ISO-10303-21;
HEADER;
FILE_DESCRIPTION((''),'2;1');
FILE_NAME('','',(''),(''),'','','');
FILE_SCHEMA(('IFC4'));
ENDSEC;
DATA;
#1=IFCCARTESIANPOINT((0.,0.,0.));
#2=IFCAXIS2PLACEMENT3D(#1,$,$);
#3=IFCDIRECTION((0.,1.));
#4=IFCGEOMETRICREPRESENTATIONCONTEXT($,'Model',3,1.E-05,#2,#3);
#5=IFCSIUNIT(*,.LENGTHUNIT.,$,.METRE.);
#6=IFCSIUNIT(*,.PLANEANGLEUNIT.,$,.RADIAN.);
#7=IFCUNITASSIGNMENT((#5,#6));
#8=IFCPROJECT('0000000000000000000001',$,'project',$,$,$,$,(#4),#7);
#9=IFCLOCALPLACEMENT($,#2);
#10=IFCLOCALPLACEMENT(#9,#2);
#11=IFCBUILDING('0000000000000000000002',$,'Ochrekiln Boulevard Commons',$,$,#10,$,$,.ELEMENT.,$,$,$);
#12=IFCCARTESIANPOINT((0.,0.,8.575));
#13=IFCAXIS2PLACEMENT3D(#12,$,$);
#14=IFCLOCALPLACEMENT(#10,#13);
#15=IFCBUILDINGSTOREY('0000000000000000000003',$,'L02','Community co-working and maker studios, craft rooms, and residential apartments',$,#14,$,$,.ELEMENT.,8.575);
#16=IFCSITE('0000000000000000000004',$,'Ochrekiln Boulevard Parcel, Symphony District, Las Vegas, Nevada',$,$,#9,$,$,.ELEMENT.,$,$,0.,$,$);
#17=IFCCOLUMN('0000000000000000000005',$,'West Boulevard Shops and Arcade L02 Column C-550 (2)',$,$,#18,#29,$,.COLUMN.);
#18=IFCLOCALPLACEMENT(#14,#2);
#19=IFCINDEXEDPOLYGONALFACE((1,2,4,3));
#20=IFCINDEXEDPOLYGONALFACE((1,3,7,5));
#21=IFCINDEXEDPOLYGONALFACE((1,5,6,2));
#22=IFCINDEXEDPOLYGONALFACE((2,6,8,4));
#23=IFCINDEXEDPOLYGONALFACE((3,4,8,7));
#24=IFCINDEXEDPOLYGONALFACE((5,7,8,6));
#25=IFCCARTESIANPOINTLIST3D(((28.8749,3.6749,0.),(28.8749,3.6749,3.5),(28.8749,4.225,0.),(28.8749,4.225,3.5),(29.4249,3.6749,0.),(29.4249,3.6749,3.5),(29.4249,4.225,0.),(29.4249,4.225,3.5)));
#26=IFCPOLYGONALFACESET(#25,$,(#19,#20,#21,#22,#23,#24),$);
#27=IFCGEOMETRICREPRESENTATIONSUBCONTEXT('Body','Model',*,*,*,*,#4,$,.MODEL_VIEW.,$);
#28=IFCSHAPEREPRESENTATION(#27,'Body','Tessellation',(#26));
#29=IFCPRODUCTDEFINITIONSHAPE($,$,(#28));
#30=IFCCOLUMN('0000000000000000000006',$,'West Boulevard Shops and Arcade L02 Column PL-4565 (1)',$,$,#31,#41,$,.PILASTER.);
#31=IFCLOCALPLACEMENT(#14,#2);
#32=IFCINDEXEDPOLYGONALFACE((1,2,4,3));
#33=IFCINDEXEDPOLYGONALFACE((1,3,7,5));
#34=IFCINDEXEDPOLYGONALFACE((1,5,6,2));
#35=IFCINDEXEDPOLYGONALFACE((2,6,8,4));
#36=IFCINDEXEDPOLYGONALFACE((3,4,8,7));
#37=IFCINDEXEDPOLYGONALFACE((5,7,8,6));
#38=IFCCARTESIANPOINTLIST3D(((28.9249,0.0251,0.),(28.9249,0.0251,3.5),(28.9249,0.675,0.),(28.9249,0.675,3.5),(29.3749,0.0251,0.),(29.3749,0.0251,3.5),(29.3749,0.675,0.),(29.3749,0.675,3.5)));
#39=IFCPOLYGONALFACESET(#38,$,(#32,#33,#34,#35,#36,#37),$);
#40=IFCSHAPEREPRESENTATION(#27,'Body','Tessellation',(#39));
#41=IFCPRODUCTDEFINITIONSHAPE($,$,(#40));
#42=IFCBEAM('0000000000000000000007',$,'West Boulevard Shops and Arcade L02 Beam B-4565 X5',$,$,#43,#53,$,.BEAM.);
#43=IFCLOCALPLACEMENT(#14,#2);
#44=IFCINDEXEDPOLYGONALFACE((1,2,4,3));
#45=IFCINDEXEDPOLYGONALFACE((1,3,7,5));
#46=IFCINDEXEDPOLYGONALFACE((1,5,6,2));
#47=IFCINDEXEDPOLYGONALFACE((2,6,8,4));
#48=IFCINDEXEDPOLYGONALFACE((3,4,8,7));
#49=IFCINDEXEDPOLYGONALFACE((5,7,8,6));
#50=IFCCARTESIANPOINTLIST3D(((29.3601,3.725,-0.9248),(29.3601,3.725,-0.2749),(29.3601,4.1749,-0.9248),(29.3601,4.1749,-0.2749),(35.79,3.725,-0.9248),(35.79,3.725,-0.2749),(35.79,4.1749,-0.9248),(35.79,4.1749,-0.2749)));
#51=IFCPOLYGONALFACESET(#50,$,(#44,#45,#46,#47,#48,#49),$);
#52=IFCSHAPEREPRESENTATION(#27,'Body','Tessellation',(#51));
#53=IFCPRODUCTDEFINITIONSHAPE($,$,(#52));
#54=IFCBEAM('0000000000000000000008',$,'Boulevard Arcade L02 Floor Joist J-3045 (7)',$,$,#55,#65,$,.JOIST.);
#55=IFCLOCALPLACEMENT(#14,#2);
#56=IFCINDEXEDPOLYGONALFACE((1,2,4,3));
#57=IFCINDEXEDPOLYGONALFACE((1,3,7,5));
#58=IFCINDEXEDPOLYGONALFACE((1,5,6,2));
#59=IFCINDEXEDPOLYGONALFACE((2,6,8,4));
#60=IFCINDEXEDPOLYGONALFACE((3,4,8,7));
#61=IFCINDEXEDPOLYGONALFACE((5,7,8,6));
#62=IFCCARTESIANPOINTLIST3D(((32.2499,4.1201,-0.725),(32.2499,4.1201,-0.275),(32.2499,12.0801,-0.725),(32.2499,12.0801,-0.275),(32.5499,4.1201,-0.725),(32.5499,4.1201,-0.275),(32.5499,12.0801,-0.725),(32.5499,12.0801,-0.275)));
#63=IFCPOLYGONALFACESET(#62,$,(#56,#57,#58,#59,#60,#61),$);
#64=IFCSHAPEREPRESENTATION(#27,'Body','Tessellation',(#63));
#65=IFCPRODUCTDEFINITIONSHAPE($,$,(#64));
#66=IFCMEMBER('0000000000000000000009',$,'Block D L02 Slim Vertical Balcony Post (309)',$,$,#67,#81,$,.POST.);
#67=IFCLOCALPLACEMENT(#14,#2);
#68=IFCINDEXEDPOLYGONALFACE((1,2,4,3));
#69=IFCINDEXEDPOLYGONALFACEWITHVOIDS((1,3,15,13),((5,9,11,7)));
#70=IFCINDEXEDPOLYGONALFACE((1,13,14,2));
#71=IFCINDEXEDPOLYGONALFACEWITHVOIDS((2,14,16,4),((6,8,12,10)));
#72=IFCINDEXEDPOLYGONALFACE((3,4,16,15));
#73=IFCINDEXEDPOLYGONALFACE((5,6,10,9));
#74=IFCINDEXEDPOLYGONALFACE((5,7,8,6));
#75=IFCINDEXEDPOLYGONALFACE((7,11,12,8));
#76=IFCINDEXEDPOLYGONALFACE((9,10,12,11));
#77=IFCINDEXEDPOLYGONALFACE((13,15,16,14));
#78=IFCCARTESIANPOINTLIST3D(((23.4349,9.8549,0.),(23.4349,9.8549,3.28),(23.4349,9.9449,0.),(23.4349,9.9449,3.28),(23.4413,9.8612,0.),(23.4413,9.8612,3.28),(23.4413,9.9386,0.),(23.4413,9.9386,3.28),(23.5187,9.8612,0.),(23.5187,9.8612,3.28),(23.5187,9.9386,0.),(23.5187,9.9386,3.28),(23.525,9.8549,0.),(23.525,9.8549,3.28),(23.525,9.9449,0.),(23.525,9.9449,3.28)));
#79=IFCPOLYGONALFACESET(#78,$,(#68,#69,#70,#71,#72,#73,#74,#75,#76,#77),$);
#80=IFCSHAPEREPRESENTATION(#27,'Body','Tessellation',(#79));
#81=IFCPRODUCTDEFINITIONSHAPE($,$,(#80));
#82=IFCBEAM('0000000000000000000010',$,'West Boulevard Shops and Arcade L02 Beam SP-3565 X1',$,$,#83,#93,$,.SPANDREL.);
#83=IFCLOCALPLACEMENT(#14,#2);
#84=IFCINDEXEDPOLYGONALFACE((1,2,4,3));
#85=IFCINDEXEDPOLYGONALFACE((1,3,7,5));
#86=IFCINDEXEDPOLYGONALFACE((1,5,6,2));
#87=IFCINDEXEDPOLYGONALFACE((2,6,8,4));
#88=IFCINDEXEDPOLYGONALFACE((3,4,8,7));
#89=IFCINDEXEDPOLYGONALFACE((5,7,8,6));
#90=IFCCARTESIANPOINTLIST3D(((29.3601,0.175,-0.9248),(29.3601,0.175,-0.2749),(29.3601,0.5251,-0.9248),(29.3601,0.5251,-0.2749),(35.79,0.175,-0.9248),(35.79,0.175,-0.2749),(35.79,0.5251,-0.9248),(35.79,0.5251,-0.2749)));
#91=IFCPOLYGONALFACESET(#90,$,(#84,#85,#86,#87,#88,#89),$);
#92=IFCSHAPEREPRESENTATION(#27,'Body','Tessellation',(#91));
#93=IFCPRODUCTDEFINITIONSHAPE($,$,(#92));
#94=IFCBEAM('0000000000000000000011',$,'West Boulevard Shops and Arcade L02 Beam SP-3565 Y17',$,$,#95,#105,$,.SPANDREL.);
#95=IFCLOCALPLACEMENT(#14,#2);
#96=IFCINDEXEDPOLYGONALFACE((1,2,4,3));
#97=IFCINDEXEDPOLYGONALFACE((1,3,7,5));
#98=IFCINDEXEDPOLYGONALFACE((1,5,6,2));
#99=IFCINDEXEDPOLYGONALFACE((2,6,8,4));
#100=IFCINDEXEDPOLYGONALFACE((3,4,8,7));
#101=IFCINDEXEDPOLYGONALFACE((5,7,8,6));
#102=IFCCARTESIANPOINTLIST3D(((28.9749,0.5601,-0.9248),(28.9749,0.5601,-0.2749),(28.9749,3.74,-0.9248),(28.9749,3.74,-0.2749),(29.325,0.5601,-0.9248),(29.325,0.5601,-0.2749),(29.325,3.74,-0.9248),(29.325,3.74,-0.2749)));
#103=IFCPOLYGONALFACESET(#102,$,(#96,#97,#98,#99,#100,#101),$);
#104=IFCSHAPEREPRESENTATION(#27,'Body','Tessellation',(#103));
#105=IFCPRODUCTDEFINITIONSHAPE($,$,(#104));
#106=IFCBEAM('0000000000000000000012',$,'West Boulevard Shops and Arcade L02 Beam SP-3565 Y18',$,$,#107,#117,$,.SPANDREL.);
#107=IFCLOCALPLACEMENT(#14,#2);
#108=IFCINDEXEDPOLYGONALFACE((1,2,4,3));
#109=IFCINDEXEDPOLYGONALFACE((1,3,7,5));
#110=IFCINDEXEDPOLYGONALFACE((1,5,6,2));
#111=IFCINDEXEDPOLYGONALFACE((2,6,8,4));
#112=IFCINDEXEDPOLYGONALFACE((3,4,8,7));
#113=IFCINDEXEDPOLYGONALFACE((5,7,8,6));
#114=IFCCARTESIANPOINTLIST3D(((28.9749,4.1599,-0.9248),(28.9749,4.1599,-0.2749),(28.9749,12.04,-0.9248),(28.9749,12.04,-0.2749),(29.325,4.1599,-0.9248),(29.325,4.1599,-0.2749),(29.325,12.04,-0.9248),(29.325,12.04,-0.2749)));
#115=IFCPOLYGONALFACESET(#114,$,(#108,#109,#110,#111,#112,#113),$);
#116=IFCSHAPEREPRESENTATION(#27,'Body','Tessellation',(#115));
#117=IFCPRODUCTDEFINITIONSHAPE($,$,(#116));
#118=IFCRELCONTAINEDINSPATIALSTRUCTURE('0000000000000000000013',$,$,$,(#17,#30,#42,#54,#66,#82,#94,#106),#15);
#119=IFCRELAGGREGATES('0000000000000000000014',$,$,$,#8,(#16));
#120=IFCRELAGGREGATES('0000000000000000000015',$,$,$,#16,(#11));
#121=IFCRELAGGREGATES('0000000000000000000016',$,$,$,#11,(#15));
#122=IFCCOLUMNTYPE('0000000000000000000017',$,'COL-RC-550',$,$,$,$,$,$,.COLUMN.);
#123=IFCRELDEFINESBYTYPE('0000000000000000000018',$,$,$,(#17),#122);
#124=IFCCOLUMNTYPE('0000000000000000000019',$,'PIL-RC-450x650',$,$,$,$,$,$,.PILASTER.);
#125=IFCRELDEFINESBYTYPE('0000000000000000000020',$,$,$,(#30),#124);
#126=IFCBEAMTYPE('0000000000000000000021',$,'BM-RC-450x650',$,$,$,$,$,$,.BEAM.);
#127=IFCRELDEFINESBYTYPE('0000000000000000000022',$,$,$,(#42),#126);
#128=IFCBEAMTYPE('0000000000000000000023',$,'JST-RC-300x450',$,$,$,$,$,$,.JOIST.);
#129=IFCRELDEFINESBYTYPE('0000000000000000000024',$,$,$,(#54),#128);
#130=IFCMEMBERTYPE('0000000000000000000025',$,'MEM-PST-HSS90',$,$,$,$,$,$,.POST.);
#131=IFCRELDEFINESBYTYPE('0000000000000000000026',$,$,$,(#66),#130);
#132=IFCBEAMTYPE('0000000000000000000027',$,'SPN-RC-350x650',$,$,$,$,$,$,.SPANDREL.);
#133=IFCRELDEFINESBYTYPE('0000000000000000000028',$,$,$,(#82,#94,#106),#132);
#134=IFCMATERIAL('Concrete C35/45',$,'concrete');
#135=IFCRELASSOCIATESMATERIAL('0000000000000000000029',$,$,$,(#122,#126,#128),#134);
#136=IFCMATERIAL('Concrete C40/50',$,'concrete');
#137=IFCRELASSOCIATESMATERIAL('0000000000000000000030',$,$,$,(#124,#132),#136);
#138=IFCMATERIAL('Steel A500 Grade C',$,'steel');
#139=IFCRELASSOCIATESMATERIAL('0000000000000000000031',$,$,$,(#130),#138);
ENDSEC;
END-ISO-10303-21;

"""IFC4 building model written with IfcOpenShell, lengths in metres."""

from ifc_helpers import new_model, si_unit, direction, frame, origin, origin_2d, place, context, subcontext, project, spatial, rectangle, hollow_rectangle, extrude, material, material_profile, profile_set, type_object, element, save


model = new_model("IFC4")

# Units and contexts
model_context = context("Model", 3, precision=1e-05, world=origin(), true_north=direction((0.0, 1.0)))
body_context = subcontext(model_context, "Body", "Model", "MODEL_VIEW")
ifc_project = project(units=[si_unit("LENGTHUNIT", "METRE"), si_unit("PLANEANGLEUNIT", "RADIAN")], contexts=[model_context])

# Site, building, storey
site_placement = place(None, origin())
site = spatial("IfcSite", under=ifc_project, at=site_placement, Name="Ochrekiln Boulevard Parcel, Symphony District, Las Vegas, Nevada", CompositionType="ELEMENT", RefElevation=0.0)
building_placement = place(site_placement, origin())
building = spatial("IfcBuilding", under=site, at=building_placement, Name="Ochrekiln Boulevard Commons", CompositionType="ELEMENT")
storey_placement = place(building_placement, frame((0.0, 0.0, 8.575)))
storey = spatial("IfcBuildingStorey", under=building, at=storey_placement, Name="L02", Description="Community co-working and maker studios, craft rooms, and residential apartments", CompositionType="ELEMENT", Elevation=8.575)

# Columns
ifc_material_1 = material(Name="Concrete C35/45", Category="concrete")
ifc_material_profile_1 = material_profile(ifc_material_1, rectangle(XDim=0.55, YDim=0.55, at=origin_2d()), Name="RC-COL-550x550")
ifc_profile_set_1 = profile_set([ifc_material_profile_1], Name="Concrete C35/45")
column_type_1 = type_object("IfcColumnType", Name="COL-RC-550", PredefinedType="COLUMN", material=ifc_profile_set_1)
column_1_placement = place(storey_placement, frame((29.1499, 3.95, 0.0), z_axis=(0.0, 0.0, 1.0), x_axis=(1.0, 0.0, 0.0)))
element("IfcColumn", 1, at=column_1_placement, inside=storey, type_object=column_type_1, Name="West Boulevard Shops and Arcade L02 Column C-550 (2)", PredefinedType="COLUMN", context=body_context, shape_type="SweptSolid", body=[
    extrude(rectangle(XDim=0.55, YDim=0.55, at=origin_2d()), origin(), (0.0, 0.0, 1.0), 3.5),
])
ifc_material_2 = material(Name="Concrete C40/50", Category="concrete")
ifc_material_profile_2 = material_profile(ifc_material_2, rectangle(XDim=0.45, YDim=0.6499, at=origin_2d()), Name="RC-PIL-450x650")
ifc_profile_set_2 = profile_set([ifc_material_profile_2], Name="Concrete C40/50")
column_type_2 = type_object("IfcColumnType", Name="PIL-RC-450x650", PredefinedType="PILASTER", material=ifc_profile_set_2)
column_2_placement = place(storey_placement, frame((29.1499, 0.3501, 0.0), z_axis=(0.0, 0.0, 1.0), x_axis=(1.0, 0.0, 0.0)))
element("IfcColumn", 2, at=column_2_placement, inside=storey, type_object=column_type_2, Name="West Boulevard Shops and Arcade L02 Column PL-4565 (1)", PredefinedType="PILASTER", context=body_context, shape_type="SweptSolid", body=[
    extrude(rectangle(XDim=0.45, YDim=0.6499, at=origin_2d()), origin(), (0.0, 0.0, 1.0), 3.5),
])

# Beams
ifc_material_profile_3 = material_profile(ifc_material_1, rectangle(XDim=0.45, YDim=0.6499, at=origin_2d()), Name="RC-BM-450x650")
ifc_profile_set_3 = profile_set([ifc_material_profile_3], Name="Concrete C35/45")
beam_type_1 = type_object("IfcBeamType", Name="BM-RC-450x650", PredefinedType="BEAM", material=ifc_profile_set_3)
beam_1_placement = place(storey_placement, frame((29.3601, 3.95, -0.5999), z_axis=(1.0, 0.0, 0.0), x_axis=(0.0, 1.0, 0.0)))
element("IfcBeam", 3, at=beam_1_placement, inside=storey, type_object=beam_type_1, Name="West Boulevard Shops and Arcade L02 Beam B-4565 X5", PredefinedType="BEAM", context=body_context, shape_type="SweptSolid", body=[
    extrude(rectangle(XDim=0.45, YDim=0.6499, at=origin_2d()), origin(), (0.0, 0.0, 1.0), 6.4299),
])
ifc_material_profile_4 = material_profile(ifc_material_1, rectangle(XDim=0.3, YDim=0.45, at=origin_2d()), Name="RC-JST-300x450")
ifc_profile_set_4 = profile_set([ifc_material_profile_4], Name="Concrete C35/45")
beam_type_2 = type_object("IfcBeamType", Name="JST-RC-300x450", PredefinedType="JOIST", material=ifc_profile_set_4)
beam_2_placement = place(storey_placement, frame((32.3999, 4.1201, -0.5), z_axis=(0.0, 1.0, 0.0), x_axis=(-1.0, 0.0, 0.0)))
element("IfcBeam", 4, at=beam_2_placement, inside=storey, type_object=beam_type_2, Name="Boulevard Arcade L02 Floor Joist J-3045 (7)", PredefinedType="JOIST", context=body_context, shape_type="SweptSolid", body=[
    extrude(rectangle(XDim=0.3, YDim=0.45, at=origin_2d()), origin(), (0.0, 0.0, 1.0), 7.96),
])

# Member
ifc_material_3 = material(Name="Steel A500 Grade C", Category="steel")
ifc_material_profile_5 = material_profile(ifc_material_3, hollow_rectangle(XDim=0.0901, YDim=0.0901, WallThickness=0.0063, at=origin_2d()), Name="HSS90X90X6.4")
ifc_profile_set_5 = profile_set([ifc_material_profile_5], Name="Steel A500 Grade C")
member_type = type_object("IfcMemberType", Name="MEM-PST-HSS90", PredefinedType="POST", material=ifc_profile_set_5)
member_placement = place(storey_placement, frame((23.48, 9.8999, 0.0), z_axis=(0.0, 0.0, 1.0), x_axis=(1.0, 0.0, 0.0)))
element("IfcMember", 5, at=member_placement, inside=storey, type_object=member_type, Name="Block D L02 Slim Vertical Balcony Post (309)", PredefinedType="POST", context=body_context, shape_type="SweptSolid", body=[
    extrude(hollow_rectangle(XDim=0.0901, YDim=0.0901, WallThickness=0.0063, at=origin_2d()), origin(), (0.0, 0.0, 1.0), 3.28),
])

# Beams
ifc_material_profile_6 = material_profile(ifc_material_2, rectangle(XDim=0.3501, YDim=0.6499, at=origin_2d()), Name="RC-SPN-350x650")
ifc_profile_set_6 = profile_set([ifc_material_profile_6], Name="Concrete C40/50")
beam_type_3 = type_object("IfcBeamType", Name="SPN-RC-350x650", PredefinedType="SPANDREL", material=ifc_profile_set_6)
beam_3_placement = place(storey_placement, frame((29.3601, 0.3501, -0.5999), z_axis=(1.0, 0.0, 0.0), x_axis=(0.0, 1.0, 0.0)))
element("IfcBeam", 6, at=beam_3_placement, inside=storey, type_object=beam_type_3, Name="West Boulevard Shops and Arcade L02 Beam SP-3565 X1", PredefinedType="SPANDREL", context=body_context, shape_type="SweptSolid", body=[
    extrude(rectangle(XDim=0.3501, YDim=0.6499, at=origin_2d()), origin(), (0.0, 0.0, 1.0), 6.4299),
])
beam_4_placement = place(storey_placement, frame((29.1499, 0.5601, -0.5999), z_axis=(0.0, 1.0, 0.0), x_axis=(-1.0, 0.0, 0.0)))
element("IfcBeam", 7, at=beam_4_placement, inside=storey, type_object=beam_type_3, Name="West Boulevard Shops and Arcade L02 Beam SP-3565 Y17", PredefinedType="SPANDREL", context=body_context, shape_type="SweptSolid", body=[
    extrude(rectangle(XDim=0.3501, YDim=0.6499, at=origin_2d()), origin(), (0.0, 0.0, 1.0), 3.1799),
])
beam_5_placement = place(storey_placement, frame((29.1499, 4.1599, -0.5999), z_axis=(0.0, 1.0, 0.0), x_axis=(-1.0, 0.0, 0.0)))
element("IfcBeam", 8, at=beam_5_placement, inside=storey, type_object=beam_type_3, Name="West Boulevard Shops and Arcade L02 Beam SP-3565 Y18", PredefinedType="SPANDREL", context=body_context, shape_type="SweptSolid", body=[
    extrude(rectangle(XDim=0.3501, YDim=0.6499, at=origin_2d()), origin(), (0.0, 0.0, 1.0), 7.8801),
])

save(model, "model.ifc")
